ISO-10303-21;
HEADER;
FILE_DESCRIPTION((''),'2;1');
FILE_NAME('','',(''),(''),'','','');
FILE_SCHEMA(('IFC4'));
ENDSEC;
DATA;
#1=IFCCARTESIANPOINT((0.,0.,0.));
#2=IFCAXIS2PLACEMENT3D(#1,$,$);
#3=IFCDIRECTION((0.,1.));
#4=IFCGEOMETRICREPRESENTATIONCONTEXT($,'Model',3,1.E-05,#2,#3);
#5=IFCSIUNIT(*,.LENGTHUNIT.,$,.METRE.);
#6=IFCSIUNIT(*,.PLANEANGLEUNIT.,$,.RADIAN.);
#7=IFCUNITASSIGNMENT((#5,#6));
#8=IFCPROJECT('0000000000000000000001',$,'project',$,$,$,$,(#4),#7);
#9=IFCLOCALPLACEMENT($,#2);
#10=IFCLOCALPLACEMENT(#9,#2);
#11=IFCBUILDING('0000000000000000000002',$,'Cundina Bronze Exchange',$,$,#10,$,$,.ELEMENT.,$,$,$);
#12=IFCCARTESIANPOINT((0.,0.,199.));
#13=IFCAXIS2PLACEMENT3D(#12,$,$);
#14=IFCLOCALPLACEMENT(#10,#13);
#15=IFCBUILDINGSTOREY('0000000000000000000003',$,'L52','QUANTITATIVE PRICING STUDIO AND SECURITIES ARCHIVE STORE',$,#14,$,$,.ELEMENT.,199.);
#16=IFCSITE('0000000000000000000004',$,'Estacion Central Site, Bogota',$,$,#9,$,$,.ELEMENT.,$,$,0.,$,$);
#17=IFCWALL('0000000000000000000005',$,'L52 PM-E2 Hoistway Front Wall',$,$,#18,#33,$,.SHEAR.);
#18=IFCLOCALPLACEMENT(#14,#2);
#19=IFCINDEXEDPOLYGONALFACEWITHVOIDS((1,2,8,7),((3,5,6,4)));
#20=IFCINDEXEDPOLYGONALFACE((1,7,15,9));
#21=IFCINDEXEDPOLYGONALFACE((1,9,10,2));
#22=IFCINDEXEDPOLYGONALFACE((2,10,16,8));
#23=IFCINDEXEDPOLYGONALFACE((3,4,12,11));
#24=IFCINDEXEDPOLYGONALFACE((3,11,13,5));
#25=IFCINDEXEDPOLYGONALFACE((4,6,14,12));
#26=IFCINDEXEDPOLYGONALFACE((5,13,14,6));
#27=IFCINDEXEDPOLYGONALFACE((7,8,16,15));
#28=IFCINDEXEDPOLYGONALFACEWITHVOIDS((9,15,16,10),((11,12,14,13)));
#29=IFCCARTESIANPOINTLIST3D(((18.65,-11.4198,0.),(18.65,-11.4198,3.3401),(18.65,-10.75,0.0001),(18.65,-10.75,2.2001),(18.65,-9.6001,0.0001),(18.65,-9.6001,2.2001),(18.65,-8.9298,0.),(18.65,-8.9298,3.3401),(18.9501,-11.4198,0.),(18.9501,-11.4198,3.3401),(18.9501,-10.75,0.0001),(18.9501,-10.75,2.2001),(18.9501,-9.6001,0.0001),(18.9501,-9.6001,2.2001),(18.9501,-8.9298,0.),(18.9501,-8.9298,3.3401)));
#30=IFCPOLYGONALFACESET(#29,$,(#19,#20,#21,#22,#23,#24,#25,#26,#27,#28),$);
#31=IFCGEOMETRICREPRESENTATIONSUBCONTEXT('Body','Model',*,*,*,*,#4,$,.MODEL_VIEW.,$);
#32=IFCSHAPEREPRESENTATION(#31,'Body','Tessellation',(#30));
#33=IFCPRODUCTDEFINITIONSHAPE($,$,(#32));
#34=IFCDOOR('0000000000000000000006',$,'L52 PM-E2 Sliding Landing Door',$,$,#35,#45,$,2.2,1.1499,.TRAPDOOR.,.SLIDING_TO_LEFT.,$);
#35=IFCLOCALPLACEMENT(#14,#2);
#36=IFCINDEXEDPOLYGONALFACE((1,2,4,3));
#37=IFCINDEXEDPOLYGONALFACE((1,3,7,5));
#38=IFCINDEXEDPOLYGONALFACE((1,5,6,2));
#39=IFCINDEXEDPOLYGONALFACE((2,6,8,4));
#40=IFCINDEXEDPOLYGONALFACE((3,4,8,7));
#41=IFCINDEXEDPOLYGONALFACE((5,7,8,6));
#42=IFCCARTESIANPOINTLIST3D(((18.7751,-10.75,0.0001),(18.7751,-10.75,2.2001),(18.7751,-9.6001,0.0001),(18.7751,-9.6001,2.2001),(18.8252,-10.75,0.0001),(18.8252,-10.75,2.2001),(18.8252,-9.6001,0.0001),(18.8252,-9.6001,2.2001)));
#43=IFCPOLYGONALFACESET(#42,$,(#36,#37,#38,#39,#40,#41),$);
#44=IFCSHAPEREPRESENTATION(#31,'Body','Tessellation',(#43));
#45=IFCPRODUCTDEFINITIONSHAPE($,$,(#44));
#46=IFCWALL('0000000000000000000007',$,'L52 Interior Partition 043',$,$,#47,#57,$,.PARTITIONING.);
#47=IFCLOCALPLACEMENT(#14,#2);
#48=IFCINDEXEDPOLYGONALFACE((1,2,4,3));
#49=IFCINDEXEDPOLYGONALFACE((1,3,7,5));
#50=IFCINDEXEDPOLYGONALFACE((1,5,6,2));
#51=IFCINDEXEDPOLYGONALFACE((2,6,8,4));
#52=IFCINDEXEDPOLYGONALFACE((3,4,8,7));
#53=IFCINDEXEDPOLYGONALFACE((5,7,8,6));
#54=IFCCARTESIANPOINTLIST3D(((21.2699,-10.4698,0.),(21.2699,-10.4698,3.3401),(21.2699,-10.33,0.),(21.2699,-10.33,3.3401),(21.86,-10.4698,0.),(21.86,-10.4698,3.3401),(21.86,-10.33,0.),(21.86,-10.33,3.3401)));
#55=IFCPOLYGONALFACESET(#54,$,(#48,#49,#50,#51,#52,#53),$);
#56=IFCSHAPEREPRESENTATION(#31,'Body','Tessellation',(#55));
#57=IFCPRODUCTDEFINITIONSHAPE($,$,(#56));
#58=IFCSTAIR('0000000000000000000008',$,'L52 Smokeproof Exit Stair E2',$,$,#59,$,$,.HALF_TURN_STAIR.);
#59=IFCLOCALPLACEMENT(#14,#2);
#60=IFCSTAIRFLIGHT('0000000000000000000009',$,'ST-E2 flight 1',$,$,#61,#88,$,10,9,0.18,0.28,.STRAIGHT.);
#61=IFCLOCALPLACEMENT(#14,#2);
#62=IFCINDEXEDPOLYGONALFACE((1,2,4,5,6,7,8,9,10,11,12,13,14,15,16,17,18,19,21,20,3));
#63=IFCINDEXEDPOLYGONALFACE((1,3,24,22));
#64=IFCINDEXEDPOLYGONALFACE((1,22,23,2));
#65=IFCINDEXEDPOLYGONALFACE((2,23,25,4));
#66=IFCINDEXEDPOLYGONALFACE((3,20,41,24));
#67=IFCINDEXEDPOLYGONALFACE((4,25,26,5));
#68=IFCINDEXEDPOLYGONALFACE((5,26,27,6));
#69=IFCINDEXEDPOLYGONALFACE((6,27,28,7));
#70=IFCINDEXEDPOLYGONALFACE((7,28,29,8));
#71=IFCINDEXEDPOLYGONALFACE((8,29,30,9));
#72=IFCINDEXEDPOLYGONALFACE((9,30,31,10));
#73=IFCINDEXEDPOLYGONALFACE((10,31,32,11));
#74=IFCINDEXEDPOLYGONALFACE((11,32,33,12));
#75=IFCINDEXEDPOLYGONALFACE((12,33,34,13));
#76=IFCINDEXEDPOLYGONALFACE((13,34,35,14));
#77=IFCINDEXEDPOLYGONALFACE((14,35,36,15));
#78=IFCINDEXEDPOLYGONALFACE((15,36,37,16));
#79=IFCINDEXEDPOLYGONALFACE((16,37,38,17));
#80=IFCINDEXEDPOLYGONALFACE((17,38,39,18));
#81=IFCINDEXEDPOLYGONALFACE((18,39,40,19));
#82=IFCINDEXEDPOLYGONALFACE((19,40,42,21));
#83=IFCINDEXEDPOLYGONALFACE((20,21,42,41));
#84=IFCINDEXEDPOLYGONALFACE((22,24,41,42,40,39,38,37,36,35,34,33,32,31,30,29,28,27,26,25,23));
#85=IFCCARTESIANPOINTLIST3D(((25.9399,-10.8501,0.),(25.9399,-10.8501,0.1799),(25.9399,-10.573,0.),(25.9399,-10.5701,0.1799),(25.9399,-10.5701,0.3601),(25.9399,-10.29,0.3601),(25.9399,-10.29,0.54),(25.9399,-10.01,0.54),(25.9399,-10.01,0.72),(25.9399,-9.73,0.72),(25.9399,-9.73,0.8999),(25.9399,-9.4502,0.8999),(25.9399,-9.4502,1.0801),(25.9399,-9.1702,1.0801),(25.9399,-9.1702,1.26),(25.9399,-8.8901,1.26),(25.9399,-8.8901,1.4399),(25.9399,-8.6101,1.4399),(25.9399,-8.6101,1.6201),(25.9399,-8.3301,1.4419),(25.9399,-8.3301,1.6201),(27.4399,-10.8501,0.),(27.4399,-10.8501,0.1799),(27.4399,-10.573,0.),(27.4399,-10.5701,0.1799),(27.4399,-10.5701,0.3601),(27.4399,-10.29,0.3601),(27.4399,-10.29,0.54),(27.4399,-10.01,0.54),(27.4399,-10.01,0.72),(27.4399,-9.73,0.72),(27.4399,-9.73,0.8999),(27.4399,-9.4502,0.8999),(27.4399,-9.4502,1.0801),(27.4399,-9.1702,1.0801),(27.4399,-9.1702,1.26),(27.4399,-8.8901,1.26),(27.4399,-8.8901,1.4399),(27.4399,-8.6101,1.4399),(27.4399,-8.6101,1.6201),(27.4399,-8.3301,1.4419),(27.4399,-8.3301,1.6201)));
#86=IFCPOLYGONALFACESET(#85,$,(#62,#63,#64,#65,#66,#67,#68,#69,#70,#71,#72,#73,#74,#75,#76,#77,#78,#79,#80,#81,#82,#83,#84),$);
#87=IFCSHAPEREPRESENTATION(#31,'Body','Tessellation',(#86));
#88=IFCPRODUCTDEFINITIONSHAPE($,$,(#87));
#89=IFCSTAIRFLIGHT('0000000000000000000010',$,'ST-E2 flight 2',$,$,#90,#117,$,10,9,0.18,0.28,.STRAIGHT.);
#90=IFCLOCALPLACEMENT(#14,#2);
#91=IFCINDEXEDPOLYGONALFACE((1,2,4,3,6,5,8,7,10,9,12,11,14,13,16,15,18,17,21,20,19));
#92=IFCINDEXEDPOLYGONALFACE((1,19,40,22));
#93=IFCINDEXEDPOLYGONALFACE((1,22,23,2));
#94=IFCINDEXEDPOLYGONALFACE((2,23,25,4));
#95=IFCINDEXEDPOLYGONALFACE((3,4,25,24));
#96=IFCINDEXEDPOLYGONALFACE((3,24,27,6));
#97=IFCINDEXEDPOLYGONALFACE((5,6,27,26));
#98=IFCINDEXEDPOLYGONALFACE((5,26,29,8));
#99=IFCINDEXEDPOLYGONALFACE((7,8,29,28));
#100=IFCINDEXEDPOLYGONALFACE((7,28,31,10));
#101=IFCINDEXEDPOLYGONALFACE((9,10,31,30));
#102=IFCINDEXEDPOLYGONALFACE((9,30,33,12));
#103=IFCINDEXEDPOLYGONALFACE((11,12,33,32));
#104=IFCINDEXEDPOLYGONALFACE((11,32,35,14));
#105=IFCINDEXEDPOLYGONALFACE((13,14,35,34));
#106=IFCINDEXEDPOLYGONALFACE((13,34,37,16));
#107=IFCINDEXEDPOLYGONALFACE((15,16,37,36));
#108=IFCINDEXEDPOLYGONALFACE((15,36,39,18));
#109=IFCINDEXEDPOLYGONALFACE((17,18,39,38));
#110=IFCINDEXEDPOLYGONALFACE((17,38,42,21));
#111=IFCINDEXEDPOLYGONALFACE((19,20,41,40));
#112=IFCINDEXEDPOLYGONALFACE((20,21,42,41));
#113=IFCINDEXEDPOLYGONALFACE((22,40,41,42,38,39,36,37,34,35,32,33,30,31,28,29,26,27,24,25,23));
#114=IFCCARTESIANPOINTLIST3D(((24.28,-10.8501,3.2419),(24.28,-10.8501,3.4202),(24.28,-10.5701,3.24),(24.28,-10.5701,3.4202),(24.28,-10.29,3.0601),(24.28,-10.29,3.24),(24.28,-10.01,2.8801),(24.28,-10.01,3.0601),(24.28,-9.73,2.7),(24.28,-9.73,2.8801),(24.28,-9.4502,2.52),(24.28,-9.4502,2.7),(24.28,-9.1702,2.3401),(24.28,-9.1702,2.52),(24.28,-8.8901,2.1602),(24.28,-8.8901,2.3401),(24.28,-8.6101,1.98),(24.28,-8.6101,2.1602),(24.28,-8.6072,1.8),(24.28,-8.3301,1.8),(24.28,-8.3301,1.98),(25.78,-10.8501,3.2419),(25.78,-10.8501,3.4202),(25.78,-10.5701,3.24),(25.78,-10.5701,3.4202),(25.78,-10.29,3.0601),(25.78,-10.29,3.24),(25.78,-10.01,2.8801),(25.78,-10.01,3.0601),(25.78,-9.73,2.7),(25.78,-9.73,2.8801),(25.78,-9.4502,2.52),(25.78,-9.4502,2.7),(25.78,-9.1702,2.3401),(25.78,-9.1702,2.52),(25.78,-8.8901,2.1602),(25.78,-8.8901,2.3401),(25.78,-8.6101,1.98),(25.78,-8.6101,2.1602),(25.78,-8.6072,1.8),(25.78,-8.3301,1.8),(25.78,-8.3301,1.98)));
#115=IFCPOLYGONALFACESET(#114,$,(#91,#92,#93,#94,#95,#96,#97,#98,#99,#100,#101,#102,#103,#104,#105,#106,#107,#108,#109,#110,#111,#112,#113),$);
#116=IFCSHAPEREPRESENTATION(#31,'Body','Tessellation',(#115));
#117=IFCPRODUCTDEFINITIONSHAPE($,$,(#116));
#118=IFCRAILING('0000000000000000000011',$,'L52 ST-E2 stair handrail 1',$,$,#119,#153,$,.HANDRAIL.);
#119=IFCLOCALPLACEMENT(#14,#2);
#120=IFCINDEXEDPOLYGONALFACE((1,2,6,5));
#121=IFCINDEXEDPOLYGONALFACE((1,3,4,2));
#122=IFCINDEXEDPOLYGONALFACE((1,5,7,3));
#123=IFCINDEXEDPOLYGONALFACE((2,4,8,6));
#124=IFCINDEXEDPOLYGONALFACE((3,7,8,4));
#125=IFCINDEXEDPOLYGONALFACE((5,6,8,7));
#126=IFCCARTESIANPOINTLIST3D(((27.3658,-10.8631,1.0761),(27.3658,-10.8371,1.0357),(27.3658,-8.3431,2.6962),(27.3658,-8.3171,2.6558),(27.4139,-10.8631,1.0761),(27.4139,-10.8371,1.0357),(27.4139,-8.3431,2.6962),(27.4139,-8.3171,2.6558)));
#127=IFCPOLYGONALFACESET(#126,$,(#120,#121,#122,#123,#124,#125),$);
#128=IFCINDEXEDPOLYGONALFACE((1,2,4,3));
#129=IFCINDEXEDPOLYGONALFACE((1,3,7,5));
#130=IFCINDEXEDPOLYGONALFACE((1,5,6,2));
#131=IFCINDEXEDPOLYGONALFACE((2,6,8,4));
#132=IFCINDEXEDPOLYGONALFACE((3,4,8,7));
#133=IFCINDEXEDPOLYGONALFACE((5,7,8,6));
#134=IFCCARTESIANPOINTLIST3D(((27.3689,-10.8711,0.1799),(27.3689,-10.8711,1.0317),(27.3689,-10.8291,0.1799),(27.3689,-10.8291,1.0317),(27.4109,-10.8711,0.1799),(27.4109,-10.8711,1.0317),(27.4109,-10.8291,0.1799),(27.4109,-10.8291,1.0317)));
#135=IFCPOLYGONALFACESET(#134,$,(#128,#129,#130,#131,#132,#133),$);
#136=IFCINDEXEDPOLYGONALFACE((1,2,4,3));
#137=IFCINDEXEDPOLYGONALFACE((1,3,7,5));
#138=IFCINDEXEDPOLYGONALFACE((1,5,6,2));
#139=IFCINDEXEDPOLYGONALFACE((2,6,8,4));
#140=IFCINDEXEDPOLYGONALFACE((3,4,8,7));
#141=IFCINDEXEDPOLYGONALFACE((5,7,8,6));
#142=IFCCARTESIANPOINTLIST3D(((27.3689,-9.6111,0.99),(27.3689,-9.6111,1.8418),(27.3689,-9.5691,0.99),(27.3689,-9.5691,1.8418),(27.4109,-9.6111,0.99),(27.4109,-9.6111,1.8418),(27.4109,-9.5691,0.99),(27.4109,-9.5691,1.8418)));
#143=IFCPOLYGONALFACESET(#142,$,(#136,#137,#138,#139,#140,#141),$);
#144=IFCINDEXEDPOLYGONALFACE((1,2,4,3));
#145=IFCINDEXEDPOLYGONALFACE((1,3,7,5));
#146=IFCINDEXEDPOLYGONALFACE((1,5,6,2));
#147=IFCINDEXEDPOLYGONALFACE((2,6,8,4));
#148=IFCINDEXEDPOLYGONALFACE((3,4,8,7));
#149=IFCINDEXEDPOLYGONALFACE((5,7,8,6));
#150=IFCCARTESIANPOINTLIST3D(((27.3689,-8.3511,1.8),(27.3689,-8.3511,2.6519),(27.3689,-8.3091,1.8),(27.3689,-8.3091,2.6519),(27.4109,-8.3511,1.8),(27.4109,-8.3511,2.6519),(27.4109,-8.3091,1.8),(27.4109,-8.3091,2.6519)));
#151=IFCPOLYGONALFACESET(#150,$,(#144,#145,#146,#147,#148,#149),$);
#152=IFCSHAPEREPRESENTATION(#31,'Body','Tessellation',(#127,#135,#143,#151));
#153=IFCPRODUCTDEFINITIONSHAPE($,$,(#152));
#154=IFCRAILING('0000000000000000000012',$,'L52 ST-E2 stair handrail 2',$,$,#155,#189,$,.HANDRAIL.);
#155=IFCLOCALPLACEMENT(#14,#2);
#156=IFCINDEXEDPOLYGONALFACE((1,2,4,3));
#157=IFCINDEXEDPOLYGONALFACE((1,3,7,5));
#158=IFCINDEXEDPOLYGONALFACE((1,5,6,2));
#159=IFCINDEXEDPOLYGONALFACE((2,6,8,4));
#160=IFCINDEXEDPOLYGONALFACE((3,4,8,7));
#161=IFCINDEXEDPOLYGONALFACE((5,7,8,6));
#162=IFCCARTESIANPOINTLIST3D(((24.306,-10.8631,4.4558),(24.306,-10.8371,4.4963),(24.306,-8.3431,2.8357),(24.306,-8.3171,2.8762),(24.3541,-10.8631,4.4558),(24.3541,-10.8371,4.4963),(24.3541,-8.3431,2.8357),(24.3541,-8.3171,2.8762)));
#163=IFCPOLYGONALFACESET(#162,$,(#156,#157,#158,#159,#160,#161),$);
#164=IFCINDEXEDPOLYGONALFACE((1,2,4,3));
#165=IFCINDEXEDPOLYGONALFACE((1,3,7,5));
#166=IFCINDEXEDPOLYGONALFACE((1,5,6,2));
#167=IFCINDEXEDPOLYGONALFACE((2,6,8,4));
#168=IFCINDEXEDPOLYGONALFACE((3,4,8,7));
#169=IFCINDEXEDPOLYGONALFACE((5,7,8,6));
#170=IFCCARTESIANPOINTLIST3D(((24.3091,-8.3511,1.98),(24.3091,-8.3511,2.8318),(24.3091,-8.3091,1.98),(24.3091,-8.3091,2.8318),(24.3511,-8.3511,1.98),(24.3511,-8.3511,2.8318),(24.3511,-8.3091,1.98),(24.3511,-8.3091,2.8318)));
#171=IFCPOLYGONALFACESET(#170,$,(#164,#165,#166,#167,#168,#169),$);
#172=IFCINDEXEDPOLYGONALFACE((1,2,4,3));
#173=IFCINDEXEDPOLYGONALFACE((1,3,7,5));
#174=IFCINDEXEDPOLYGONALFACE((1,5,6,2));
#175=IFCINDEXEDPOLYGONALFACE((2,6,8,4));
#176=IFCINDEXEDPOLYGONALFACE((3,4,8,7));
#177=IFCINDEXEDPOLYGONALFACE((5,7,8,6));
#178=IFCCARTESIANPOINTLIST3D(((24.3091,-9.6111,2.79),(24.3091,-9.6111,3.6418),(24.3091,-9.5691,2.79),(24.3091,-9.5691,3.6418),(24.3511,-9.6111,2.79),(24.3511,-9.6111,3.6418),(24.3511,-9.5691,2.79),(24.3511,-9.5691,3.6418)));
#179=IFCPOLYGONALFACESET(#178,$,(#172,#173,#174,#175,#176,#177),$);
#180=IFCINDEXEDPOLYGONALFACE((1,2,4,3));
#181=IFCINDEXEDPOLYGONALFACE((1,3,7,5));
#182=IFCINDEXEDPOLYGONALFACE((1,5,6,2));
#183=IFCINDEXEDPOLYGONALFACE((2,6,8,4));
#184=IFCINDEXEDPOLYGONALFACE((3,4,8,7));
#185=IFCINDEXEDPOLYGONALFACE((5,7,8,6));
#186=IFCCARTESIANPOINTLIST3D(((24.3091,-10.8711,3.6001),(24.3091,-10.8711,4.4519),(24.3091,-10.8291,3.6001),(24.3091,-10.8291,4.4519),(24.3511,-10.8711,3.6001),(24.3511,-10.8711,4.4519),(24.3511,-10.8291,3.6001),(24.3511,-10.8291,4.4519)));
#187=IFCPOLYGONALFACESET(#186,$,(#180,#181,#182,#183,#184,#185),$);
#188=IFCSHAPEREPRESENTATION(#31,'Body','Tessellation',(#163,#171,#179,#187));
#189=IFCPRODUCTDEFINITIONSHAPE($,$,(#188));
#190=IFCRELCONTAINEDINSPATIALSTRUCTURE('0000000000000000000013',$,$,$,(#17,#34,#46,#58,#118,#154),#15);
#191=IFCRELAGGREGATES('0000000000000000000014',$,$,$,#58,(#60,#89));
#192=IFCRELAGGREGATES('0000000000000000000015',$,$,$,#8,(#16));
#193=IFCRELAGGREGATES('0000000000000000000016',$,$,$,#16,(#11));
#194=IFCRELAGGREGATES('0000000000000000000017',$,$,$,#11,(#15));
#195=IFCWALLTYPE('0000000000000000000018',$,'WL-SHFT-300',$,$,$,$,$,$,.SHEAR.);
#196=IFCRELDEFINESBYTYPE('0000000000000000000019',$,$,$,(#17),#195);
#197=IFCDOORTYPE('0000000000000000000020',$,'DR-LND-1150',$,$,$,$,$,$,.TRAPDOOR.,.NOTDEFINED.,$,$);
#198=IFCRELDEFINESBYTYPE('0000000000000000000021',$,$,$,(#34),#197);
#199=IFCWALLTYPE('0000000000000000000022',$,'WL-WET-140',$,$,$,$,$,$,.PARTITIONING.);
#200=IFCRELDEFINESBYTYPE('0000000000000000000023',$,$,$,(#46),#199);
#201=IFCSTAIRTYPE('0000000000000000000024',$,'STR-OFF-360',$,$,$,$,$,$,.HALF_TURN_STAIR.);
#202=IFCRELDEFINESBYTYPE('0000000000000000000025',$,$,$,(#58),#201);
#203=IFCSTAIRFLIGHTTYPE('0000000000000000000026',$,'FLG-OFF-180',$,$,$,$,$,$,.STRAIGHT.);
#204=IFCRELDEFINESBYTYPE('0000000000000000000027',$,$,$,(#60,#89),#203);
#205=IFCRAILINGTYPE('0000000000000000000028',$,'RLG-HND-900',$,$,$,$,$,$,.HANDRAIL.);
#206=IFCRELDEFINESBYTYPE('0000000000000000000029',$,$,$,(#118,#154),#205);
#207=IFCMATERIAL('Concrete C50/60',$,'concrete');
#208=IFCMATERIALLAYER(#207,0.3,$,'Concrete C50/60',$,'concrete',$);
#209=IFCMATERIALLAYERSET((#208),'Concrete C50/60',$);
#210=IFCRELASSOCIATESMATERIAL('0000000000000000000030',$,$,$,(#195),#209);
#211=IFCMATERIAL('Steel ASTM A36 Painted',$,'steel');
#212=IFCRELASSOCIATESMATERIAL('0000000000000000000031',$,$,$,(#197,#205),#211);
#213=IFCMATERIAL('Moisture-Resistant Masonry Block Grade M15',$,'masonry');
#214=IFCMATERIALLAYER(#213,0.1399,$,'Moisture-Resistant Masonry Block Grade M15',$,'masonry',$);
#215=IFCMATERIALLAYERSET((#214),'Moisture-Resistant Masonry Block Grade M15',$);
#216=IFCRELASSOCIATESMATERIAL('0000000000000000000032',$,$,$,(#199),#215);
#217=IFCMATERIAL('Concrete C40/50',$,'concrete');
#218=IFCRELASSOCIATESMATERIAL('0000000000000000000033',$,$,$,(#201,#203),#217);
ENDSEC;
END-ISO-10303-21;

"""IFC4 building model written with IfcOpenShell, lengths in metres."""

from ifc_helpers import new_model, si_unit, direction, frame, frame_2d, origin, origin_2d, place, context, subcontext, project, spatial, polyline, rectangle, outline, extrude, material, layer, layer_set, type_object, element, fill, aggregate, save


model = new_model("IFC4")

# Units and contexts
model_context = context("Model", 3, precision=1e-05, world=origin(), true_north=direction((0.0, 1.0)))
body_context = subcontext(model_context, "Body", "Model", "MODEL_VIEW")
ifc_project = project(units=[si_unit("LENGTHUNIT", "METRE"), si_unit("PLANEANGLEUNIT", "RADIAN")], contexts=[model_context])

# Site, building, storey
site_placement = place(None, origin())
site = spatial("IfcSite", under=ifc_project, at=site_placement, Name="Estacion Central Site, Bogota", CompositionType="ELEMENT", RefElevation=0.0)
building_placement = place(site_placement, origin())
building = spatial("IfcBuilding", under=site, at=building_placement, Name="Cundina Bronze Exchange", CompositionType="ELEMENT")
storey_placement = place(building_placement, frame((0.0, 0.0, 199.0)))
storey = spatial("IfcBuildingStorey", under=building, at=storey_placement, Name="L52", Description="QUANTITATIVE PRICING STUDIO AND SECURITIES ARCHIVE STORE", CompositionType="ELEMENT", Elevation=199.0)

# Shared definitions
ifc_material_1 = material(Name="Concrete C50/60", Category="concrete")

# Shared definitions
ifc_layer_1 = layer(ifc_material_1, 0.3, Name="Concrete C50/60", Category="concrete")
ifc_layer_set_1 = layer_set([ifc_layer_1], Name="Concrete C50/60")
wall_type_1 = type_object("IfcWallType", Name="WL-SHFT-300", PredefinedType="SHEAR", material=ifc_layer_set_1)

# Shared definitions
ifc_material_2 = material(Name="Steel ASTM A36 Painted", Category="steel")
door_type_1 = type_object("IfcDoorType", Name="DR-LND-1150", OperationType="NOTDEFINED", PredefinedType="TRAPDOOR", material=ifc_material_2)

# Wall, opening, door
wall_1_placement = place(storey_placement, frame((18.8, -11.4199, 0.0), z_axis=(0.0, 0.0, 1.0), x_axis=(0.0, 1.0, 0.0)))
wall_1 = element("IfcWall", 1, at=wall_1_placement, inside=storey, type_object=wall_type_1, Name="L52 PM-E2 Hoistway Front Wall", PredefinedType="SHEAR", context=body_context, shape_type="SweptSolid", body=[
    extrude(rectangle(XDim=2.49, YDim=0.3, at=frame_2d((1.2451, 0.0))), origin(), (0.0, 0.0, 1.0), 3.3401),
])
opening_1_placement = place(wall_1_placement, frame((0.6699, 0.0, 0.0)))
opening_1 = element("IfcOpeningElement", 2, at=opening_1_placement, cuts=wall_1, PredefinedType="OPENING", context=body_context, shape_type="SweptSolid", body=[
    extrude(rectangle(XDim=1.1499, YDim=2.2, at=frame_2d((0.575, 1.1001))), frame((0.0, 0.1599, 0.0), z_axis=(0.0, -1.0, 0.0), x_axis=(1.0, 0.0, 0.0)), (0.0, 0.0, 1.0), 0.3201),
])
door_1_placement = place(opening_1_placement, origin())
door_1 = element("IfcDoor", 3, at=door_1_placement, inside=storey, type_object=door_type_1, Name="L52 PM-E2 Sliding Landing Door", OperationType="SLIDING_TO_LEFT", OverallHeight=2.2, OverallWidth=1.1499, PredefinedType="TRAPDOOR", context=body_context, shape_type="SweptSolid", body=[
    extrude(rectangle(XDim=1.1499, YDim=2.2, at=frame_2d((0.575, 1.1001))), frame((0.0, 0.0249, 0.0), z_axis=(0.0, -1.0, 0.0), x_axis=(1.0, 0.0, 0.0)), (0.0, 0.0, 1.0), 0.05),
])
fill(opening_1, door_1)

# Wall
ifc_material_3 = material(Name="Moisture-Resistant Masonry Block Grade M15", Category="masonry")
ifc_layer_2 = layer(ifc_material_3, 0.1399, Name="Moisture-Resistant Masonry Block Grade M15", Category="masonry")
ifc_layer_set_2 = layer_set([ifc_layer_2], Name="Moisture-Resistant Masonry Block Grade M15")
wall_type_2 = type_object("IfcWallType", Name="WL-WET-140", PredefinedType="PARTITIONING", material=ifc_layer_set_2)
wall_2_placement = place(storey_placement, frame((21.27, -10.3999, 0.0), z_axis=(0.0, 0.0, 1.0), x_axis=(1.0, 0.0, 0.0)))
element("IfcWall", 4, at=wall_2_placement, inside=storey, type_object=wall_type_2, Name="L52 Interior Partition 043", PredefinedType="PARTITIONING", context=body_context, shape_type="SweptSolid", body=[
    extrude(rectangle(XDim=0.5901, YDim=0.1399, at=frame_2d((0.2949, 0.0))), origin(), (0.0, 0.0, 1.0), 3.3401),
])

# Stair, stair flights
ifc_material_4 = material(Name="Concrete C40/50", Category="concrete")
stair_type = type_object("IfcStairType", Name="STR-OFF-360", PredefinedType="HALF_TURN_STAIR", material=ifc_material_4)
stair_placement = place(storey_placement, origin())
stair = element("IfcStair", 5, at=stair_placement, inside=storey, type_object=stair_type, Name="L52 Smokeproof Exit Stair E2", PredefinedType="HALF_TURN_STAIR")
stair_flight_type = type_object("IfcStairFlightType", Name="FLG-OFF-180", PredefinedType="STRAIGHT", material=ifc_material_4)
stair_flight_1_placement = place(storey_placement, frame((26.6899, -10.8501, 0.0), z_axis=(0.0, 0.0, 1.0), x_axis=(0.0, 1.0, 0.0)))
stair_flight_1 = element("IfcStairFlight", 6, at=stair_flight_1_placement, type_object=stair_flight_type, Name="ST-E2 flight 1", NumberOfRisers=10, NumberOfTreads=9, PredefinedType="STRAIGHT", RiserHeight=0.18, TreadLength=0.28, context=body_context, shape_type="SweptSolid", body=[
    extrude(outline(polyline([(0.0, 0.0), (0.0, 0.1799), (0.28, 0.1799), (0.28, 0.3601), (0.5601, 0.3601), (0.5601, 0.54), (0.8401, 0.54), (0.8401, 0.72), (1.1201, 0.72), (1.1201, 0.8999), (1.3999, 0.8999), (1.3999, 1.0801), (1.6799, 1.0801), (1.6799, 1.26), (1.96, 1.26), (1.96, 1.4399), (2.24, 1.4399), (2.24, 1.6201), (2.52, 1.6201), (2.52, 1.8), (2.52, 1.4419), (0.2771, 0.0), (0.0, 0.0)])), frame((0.0, 0.75, 0.0), z_axis=(0.0, -1.0, 0.0), x_axis=(1.0, 0.0, 0.0)), (0.0, 0.0, 1.0), 1.5),
])
stair_flight_2_placement = place(storey_placement, frame((25.03, -8.3301, 1.8), z_axis=(0.0, 0.0, 1.0), x_axis=(0.0, -1.0, 0.0)))
stair_flight_2 = element("IfcStairFlight", 7, at=stair_flight_2_placement, type_object=stair_flight_type, Name="ST-E2 flight 2", NumberOfRisers=10, NumberOfTreads=9, PredefinedType="STRAIGHT", RiserHeight=0.18, TreadLength=0.28, context=body_context, shape_type="SweptSolid", body=[
    extrude(outline(polyline([(0.0, 0.0), (0.0, 0.1799), (0.28, 0.1799), (0.28, 0.3601), (0.5601, 0.3601), (0.5601, 0.54), (0.8401, 0.54), (0.8401, 0.72), (1.1201, 0.72), (1.1201, 0.8999), (1.3999, 0.8999), (1.3999, 1.0801), (1.6799, 1.0801), (1.6799, 1.26), (1.96, 1.26), (1.96, 1.4399), (2.24, 1.4399), (2.24, 1.6201), (2.52, 1.6201), (2.52, 1.8), (2.52, 1.4419), (0.2771, 0.0), (0.0, 0.0)])), frame((0.0, 0.75, 0.0), z_axis=(0.0, -1.0, 0.0), x_axis=(1.0, 0.0, 0.0)), (0.0, 0.0, 1.0), 1.5),
])
aggregate(stair, [stair_flight_1, stair_flight_2])

# Railings
railing_type_1 = type_object("IfcRailingType", Name="RLG-HND-900", PredefinedType="HANDRAIL", material=ifc_material_2)
railing_1_placement = place(storey_placement, frame((27.3899, -10.8501, 0.1799)))
element("IfcRailing", 8, at=railing_1_placement, inside=storey, type_object=railing_type_1, Name="L52 ST-E2 stair handrail 1", PredefinedType="HANDRAIL", context=body_context, shape_type="SweptSolid", body=[
    extrude(rectangle(XDim=0.0481, YDim=0.0481, at=origin_2d()), frame((0.0, 0.0, 0.876), z_axis=(0.0, 0.841163, 0.540782), x_axis=(-1.0, 0.0, 0.0)), (0.0, 0.0, 1.0), 2.9958),
    extrude(rectangle(XDim=0.042, YDim=0.042, at=origin_2d()), origin(), (0.0, 0.0, 1.0), 0.8518),
    extrude(rectangle(XDim=0.042, YDim=0.042, at=origin_2d()), frame((0.0, 1.26, 0.8101)), (0.0, 0.0, 1.0), 0.8518),
    extrude(rectangle(XDim=0.042, YDim=0.042, at=origin_2d()), frame((0.0, 2.52, 1.6201)), (0.0, 0.0, 1.0), 0.8518),
])
railing_2_placement = place(storey_placement, frame((24.3301, -8.3301, 1.98)))
element("IfcRailing", 9, at=railing_2_placement, inside=storey, type_object=railing_type_1, Name="L52 ST-E2 stair handrail 2", PredefinedType="HANDRAIL", context=body_context, shape_type="SweptSolid", body=[
    extrude(rectangle(XDim=0.0481, YDim=0.0481, at=origin_2d()), frame((0.0, 0.0, 0.876), z_axis=(0.0, -0.841163, 0.540782), x_axis=(1.0, 0.0, 0.0)), (0.0, 0.0, 1.0), 2.9958),
    extrude(rectangle(XDim=0.042, YDim=0.042, at=origin_2d()), origin(), (0.0, 0.0, 1.0), 0.8518),
    extrude(rectangle(XDim=0.042, YDim=0.042, at=origin_2d()), frame((0.0, -1.26, 0.8101)), (0.0, 0.0, 1.0), 0.8518),
    extrude(rectangle(XDim=0.042, YDim=0.042, at=origin_2d()), frame((0.0, -2.52, 1.6201)), (0.0, 0.0, 1.0), 0.8518),
])

save(model, "model.ifc")
